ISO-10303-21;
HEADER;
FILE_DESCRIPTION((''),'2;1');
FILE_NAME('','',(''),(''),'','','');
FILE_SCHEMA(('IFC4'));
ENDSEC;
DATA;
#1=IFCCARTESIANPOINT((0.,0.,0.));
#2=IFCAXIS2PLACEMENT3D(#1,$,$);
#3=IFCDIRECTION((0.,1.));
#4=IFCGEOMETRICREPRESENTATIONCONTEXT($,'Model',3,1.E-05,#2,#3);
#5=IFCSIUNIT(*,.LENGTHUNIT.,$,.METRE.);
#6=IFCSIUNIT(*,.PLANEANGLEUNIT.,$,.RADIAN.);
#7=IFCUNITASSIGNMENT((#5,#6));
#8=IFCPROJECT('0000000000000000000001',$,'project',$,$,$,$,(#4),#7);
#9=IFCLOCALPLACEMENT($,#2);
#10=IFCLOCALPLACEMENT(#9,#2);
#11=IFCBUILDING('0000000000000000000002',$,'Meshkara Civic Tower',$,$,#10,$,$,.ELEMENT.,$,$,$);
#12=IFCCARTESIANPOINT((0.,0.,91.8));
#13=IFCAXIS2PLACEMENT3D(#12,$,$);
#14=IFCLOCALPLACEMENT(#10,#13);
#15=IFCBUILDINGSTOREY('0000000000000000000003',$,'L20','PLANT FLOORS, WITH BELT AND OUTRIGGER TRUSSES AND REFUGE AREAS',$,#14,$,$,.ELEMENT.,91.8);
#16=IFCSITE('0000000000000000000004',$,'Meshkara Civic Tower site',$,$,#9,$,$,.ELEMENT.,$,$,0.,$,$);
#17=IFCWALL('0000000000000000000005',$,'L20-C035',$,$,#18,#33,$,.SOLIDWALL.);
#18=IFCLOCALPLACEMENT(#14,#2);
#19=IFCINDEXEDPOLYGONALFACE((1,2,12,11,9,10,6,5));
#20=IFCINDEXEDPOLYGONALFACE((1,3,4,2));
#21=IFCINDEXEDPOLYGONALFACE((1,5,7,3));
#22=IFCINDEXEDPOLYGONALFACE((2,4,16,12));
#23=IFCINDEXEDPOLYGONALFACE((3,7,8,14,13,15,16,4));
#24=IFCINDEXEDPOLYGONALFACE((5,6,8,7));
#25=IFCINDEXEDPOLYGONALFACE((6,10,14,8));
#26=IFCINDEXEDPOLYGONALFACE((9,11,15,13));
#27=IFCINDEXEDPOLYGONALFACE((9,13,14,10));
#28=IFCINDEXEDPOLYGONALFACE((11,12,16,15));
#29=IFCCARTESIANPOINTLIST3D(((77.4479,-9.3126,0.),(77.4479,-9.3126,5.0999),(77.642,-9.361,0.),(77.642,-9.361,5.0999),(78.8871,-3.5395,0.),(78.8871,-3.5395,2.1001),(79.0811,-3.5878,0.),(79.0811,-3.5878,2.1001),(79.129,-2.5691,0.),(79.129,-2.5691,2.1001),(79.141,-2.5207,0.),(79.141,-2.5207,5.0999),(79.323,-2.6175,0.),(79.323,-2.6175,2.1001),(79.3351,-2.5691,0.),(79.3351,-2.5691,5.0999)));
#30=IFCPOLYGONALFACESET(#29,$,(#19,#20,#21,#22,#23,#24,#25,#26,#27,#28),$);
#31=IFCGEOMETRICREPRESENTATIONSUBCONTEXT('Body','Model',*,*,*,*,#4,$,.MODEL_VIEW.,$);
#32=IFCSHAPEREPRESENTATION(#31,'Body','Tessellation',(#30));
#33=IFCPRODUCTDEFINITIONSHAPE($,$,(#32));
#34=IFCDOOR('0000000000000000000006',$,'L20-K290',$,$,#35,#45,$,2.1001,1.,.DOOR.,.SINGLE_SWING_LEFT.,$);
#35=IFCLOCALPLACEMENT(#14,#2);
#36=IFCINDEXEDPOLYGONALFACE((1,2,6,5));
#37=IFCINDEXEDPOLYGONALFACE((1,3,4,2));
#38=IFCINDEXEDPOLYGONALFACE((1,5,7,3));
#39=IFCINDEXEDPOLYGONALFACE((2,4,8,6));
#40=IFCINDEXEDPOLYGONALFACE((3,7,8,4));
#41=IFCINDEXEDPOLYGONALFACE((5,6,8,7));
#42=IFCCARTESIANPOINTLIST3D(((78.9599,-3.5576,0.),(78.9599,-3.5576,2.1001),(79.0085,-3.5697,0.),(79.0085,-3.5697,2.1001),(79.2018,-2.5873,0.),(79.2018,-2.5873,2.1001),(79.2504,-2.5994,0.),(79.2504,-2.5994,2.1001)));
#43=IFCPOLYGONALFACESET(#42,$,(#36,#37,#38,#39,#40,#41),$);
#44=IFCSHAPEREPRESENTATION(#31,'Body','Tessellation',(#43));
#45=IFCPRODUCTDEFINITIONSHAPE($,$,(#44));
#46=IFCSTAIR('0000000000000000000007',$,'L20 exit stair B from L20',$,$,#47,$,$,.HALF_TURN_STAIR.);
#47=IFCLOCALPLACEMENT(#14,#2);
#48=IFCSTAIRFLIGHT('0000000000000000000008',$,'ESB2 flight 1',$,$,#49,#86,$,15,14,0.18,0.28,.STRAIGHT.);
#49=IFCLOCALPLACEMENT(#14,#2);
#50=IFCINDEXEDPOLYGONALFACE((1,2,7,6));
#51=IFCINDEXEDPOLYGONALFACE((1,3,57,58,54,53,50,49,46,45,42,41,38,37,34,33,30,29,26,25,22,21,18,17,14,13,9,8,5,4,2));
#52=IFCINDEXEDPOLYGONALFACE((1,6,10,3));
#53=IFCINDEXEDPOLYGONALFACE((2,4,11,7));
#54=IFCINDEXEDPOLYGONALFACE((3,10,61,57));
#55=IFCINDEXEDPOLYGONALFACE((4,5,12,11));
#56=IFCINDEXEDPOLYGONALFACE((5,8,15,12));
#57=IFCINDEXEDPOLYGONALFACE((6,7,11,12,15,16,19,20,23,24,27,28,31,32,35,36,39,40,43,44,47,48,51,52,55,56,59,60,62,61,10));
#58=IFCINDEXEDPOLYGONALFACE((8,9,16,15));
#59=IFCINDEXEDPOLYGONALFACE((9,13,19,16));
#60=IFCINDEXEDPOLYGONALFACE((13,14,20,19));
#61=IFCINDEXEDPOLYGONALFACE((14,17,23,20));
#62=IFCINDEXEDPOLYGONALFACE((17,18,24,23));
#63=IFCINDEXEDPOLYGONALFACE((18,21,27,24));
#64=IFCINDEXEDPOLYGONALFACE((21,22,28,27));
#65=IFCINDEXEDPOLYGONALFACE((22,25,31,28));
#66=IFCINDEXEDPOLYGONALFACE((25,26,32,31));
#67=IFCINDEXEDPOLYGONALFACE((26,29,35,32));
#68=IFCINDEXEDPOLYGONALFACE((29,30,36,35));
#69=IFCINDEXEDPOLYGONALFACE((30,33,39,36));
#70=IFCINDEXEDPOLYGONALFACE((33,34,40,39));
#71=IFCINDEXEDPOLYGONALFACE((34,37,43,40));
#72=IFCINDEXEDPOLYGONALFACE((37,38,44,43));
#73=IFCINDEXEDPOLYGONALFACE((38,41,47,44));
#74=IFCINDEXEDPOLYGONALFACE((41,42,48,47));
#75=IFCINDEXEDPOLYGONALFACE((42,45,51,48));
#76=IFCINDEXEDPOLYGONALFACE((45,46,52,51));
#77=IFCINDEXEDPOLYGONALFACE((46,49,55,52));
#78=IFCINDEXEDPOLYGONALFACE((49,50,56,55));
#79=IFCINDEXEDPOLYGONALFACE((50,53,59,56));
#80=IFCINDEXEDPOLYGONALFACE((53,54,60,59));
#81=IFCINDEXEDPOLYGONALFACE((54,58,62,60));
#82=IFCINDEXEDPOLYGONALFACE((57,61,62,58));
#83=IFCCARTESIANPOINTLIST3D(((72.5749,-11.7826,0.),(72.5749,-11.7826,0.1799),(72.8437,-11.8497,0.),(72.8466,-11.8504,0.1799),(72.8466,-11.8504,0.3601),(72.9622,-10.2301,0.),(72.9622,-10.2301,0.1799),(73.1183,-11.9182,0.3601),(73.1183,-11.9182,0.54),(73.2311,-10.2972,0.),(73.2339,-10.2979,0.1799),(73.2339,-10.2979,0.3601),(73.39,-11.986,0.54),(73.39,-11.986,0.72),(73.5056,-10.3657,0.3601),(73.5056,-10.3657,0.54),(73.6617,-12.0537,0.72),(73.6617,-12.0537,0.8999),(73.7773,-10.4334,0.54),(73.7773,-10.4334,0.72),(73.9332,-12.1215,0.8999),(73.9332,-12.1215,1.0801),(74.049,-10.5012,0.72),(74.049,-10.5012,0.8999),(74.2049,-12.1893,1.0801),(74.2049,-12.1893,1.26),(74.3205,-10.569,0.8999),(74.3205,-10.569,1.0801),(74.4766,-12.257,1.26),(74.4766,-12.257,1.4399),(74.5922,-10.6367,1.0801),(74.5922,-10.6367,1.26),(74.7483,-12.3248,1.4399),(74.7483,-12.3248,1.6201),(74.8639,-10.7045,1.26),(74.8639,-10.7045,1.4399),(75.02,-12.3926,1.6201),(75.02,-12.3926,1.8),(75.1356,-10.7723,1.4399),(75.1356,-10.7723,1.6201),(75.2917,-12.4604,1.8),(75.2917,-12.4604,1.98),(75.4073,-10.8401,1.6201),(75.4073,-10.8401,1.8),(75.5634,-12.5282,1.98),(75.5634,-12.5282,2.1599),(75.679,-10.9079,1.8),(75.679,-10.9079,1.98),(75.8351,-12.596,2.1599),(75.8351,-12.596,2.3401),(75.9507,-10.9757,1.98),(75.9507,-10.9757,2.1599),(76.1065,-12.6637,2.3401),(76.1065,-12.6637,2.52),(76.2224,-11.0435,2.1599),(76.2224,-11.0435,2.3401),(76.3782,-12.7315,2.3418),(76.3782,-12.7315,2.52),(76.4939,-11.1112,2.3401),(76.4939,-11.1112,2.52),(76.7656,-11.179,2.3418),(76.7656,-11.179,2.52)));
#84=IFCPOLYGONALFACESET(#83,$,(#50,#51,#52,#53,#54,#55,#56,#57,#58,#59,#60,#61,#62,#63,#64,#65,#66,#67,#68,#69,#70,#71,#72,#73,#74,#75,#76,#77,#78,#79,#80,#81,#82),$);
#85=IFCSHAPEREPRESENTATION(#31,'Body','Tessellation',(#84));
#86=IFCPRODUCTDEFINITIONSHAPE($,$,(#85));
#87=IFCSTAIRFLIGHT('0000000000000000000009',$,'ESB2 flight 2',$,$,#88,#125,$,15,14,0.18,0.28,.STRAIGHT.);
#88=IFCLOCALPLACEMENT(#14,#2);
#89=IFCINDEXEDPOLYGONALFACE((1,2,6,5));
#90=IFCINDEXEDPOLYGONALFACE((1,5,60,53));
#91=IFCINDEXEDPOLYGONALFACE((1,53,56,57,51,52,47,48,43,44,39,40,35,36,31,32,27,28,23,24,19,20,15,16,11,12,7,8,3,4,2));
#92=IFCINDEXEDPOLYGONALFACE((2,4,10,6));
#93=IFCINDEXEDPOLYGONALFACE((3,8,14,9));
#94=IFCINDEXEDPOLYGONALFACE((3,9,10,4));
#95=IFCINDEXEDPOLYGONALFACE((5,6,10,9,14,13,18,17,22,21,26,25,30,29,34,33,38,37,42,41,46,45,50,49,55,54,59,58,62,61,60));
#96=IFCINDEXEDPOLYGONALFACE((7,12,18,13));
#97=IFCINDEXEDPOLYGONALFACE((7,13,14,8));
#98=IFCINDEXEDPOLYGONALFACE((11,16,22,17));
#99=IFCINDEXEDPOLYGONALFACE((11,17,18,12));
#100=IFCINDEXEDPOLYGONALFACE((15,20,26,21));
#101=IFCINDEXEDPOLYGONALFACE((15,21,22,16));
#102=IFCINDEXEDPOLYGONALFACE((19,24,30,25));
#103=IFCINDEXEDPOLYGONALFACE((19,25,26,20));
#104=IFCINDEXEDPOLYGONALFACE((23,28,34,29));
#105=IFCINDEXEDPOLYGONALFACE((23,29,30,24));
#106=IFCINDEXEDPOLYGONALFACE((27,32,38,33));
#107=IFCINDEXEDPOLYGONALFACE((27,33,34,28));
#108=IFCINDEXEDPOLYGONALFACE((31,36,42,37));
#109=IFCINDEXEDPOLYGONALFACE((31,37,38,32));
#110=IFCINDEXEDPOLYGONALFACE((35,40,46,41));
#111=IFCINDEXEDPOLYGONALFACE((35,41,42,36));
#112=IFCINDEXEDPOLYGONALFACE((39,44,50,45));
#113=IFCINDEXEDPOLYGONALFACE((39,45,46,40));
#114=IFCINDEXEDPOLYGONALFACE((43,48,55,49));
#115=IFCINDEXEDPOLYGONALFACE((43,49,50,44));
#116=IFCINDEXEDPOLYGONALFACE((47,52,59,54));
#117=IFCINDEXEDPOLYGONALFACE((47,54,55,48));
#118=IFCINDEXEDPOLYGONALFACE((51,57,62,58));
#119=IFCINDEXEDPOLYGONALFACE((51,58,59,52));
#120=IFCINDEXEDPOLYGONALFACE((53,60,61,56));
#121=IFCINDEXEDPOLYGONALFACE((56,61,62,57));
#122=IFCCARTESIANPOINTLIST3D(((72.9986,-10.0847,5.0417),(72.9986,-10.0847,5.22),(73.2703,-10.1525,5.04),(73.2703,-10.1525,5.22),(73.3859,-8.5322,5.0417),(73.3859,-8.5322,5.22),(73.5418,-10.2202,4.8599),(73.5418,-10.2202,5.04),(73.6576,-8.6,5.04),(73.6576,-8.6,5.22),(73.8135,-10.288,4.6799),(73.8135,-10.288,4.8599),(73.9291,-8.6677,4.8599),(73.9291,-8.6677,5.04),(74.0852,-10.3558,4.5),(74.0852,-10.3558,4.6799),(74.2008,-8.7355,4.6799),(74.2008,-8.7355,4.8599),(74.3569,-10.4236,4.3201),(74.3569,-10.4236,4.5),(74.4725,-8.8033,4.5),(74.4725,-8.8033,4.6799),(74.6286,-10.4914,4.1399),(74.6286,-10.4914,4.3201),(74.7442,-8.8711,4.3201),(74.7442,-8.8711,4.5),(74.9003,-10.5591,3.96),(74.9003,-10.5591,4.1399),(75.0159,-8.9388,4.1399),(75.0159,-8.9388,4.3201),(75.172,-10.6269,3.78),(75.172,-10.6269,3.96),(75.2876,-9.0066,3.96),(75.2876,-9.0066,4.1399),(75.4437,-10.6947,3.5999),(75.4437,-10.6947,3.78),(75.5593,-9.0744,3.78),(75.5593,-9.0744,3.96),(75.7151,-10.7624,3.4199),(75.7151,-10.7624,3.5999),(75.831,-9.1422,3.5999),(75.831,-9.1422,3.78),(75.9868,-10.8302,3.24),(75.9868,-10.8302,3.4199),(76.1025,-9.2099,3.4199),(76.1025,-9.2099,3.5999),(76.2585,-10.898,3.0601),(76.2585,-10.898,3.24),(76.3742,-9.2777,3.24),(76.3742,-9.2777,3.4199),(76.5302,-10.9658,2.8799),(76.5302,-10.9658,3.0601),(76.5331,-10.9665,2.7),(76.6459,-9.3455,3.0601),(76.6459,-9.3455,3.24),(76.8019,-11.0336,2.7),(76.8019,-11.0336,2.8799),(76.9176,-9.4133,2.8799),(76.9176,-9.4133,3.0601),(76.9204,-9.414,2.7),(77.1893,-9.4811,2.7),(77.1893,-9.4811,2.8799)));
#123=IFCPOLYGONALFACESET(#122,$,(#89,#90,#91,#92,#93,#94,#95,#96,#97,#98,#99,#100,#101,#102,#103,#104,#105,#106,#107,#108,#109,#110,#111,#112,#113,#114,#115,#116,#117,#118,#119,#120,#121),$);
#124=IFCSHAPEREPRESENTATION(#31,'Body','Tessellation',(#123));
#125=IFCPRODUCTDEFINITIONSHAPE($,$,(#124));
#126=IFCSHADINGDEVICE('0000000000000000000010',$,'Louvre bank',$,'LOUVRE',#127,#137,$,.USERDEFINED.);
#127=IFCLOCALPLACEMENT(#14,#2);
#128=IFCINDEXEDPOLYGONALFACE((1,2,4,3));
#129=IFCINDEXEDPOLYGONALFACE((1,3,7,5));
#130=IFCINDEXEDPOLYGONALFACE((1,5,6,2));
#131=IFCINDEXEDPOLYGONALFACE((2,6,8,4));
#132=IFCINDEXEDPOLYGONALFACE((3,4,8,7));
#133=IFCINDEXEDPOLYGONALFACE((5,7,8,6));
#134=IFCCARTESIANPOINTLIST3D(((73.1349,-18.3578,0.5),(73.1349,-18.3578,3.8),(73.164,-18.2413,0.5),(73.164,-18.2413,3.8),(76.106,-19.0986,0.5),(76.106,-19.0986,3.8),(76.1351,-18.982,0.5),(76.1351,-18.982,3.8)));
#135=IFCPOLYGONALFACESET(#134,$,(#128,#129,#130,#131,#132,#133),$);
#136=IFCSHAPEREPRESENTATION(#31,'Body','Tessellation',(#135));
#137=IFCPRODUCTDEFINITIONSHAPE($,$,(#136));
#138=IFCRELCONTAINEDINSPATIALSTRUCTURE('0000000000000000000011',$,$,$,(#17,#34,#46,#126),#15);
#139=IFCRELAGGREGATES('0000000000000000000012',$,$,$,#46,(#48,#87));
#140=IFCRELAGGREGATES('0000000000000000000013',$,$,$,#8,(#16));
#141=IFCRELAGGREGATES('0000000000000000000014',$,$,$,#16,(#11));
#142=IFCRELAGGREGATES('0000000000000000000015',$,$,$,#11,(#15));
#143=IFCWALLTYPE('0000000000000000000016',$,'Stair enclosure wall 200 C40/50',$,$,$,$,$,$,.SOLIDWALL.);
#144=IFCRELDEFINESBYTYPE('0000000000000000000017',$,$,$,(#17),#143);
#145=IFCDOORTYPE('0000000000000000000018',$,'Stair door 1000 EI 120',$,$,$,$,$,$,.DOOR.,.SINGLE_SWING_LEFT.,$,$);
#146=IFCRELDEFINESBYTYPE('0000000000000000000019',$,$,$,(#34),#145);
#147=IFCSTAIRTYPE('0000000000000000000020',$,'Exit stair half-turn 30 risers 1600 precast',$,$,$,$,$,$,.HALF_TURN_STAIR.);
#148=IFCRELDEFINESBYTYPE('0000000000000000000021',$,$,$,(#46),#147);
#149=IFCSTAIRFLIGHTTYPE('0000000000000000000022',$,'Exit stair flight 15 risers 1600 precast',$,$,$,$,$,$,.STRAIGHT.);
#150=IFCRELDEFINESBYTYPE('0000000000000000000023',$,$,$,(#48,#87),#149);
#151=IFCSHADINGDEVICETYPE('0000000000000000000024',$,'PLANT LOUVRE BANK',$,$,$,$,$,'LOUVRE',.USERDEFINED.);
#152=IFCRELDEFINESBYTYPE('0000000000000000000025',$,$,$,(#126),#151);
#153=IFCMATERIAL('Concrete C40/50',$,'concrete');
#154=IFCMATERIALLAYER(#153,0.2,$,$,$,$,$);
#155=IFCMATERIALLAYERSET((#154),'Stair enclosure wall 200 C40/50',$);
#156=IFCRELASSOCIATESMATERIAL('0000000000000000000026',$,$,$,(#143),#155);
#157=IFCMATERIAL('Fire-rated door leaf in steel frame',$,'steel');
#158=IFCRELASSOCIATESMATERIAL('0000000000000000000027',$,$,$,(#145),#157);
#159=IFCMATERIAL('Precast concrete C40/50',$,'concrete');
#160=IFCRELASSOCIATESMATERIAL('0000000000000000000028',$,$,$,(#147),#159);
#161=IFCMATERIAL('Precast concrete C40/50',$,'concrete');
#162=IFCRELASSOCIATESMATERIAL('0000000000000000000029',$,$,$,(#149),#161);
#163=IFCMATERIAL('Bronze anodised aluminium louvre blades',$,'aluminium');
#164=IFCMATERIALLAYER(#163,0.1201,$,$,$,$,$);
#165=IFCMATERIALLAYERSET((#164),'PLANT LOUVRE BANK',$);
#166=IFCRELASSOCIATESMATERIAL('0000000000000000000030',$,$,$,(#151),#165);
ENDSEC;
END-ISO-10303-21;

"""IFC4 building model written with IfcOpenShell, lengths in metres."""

from ifc_helpers import new_model, si_unit, direction, frame, frame_2d, origin, origin_2d, place, context, subcontext, project, spatial, polyline, rectangle, outline, extrude, material, layer, layer_set, type_object, element, fill, aggregate, save


model = new_model("IFC4")

# Units and contexts
model_context = context("Model", 3, precision=1e-05, world=origin(), true_north=direction((0.0, 1.0)))
body_context = subcontext(model_context, "Body", "Model", "MODEL_VIEW")
ifc_project = project(units=[si_unit("LENGTHUNIT", "METRE"), si_unit("PLANEANGLEUNIT", "RADIAN")], contexts=[model_context])

# Site, building, storey
site_placement = place(None, origin())
site = spatial("IfcSite", under=ifc_project, at=site_placement, Name="Meshkara Civic Tower site", CompositionType="ELEMENT", RefElevation=0.0)
building_placement = place(site_placement, origin())
building = spatial("IfcBuilding", under=site, at=building_placement, Name="Meshkara Civic Tower", CompositionType="ELEMENT")
storey_placement = place(building_placement, frame((0.0, 0.0, 91.8)))
storey = spatial("IfcBuildingStorey", under=building, at=storey_placement, Name="L20", Description="PLANT FLOORS, WITH BELT AND OUTRIGGER TRUSSES AND REFUGE AREAS", CompositionType="ELEMENT", Elevation=91.8)

# Wall, opening, door
ifc_material_1 = material(Name="Concrete C40/50", Category="concrete")
ifc_layer_1 = layer(ifc_material_1, 0.2)
ifc_layer_set_1 = layer_set([ifc_layer_1], Name="Stair enclosure wall 200 C40/50")
wall_type_1 = type_object("IfcWallType", Name="Stair enclosure wall 200 C40/50", PredefinedType="SOLIDWALL", material=ifc_layer_set_1)
ifc_material_2 = material(Name="Fire-rated door leaf in steel frame", Category="steel")
door_type_1 = type_object("IfcDoorType", Name="Stair door 1000 EI 120", OperationType="SINGLE_SWING_LEFT", PredefinedType="DOOR", material=ifc_material_2)
wall_1_placement = place(storey_placement, frame((77.5449, -9.3369, 0.0), z_axis=(0.0, 0.0, 1.0), x_axis=(0.241879, 0.970306, 0.0)))
wall_1 = element("IfcWall", 1, at=wall_1_placement, inside=storey, type_object=wall_type_1, Name="L20-C035", PredefinedType="SOLIDWALL", context=body_context, shape_type="SweptSolid", body=[
    extrude(rectangle(XDim=6.9998, YDim=0.2, at=frame_2d((3.5, 0.0))), origin(), (0.0, 0.0, 1.0), 5.0999),
])
opening_1_placement = place(wall_1_placement, frame((5.95, 0.0, 0.0)))
opening_1 = element("IfcOpeningElement", 2, at=opening_1_placement, cuts=wall_1, PredefinedType="OPENING", context=body_context, shape_type="SweptSolid", body=[
    extrude(rectangle(XDim=1.0, YDim=2.1001, at=frame_2d((0.5, 1.05))), frame((0.0, 0.1099, 0.0), z_axis=(0.0, -1.0, 0.0), x_axis=(1.0, 0.0, 0.0)), (0.0, 0.0, 1.0), 0.22),
])
door_1_placement = place(opening_1_placement, origin())
door_1 = element("IfcDoor", 3, at=door_1_placement, inside=storey, type_object=door_type_1, Name="L20-K290", OperationType="SINGLE_SWING_LEFT", OverallHeight=2.1001, OverallWidth=1.0, PredefinedType="DOOR", context=body_context, shape_type="SweptSolid", body=[
    extrude(rectangle(XDim=1.0, YDim=2.1001, at=frame_2d((0.5, 1.05))), frame((0.0, 0.0249, 0.0), z_axis=(0.0, -1.0, 0.0), x_axis=(1.0, 0.0, 0.0)), (0.0, 0.0, 1.0), 0.05),
])
fill(opening_1, door_1)

# Stair, stair flights
ifc_material_3 = material(Name="Precast concrete C40/50", Category="concrete")
stair_type = type_object("IfcStairType", Name="Exit stair half-turn 30 risers 1600 precast", PredefinedType="HALF_TURN_STAIR", material=ifc_material_3)
stair_placement = place(storey_placement, origin())
stair = element("IfcStair", 4, at=stair_placement, inside=storey, type_object=stair_type, Name="L20 exit stair B from L20", PredefinedType="HALF_TURN_STAIR")
ifc_material_4 = material(Name="Precast concrete C40/50", Category="concrete")
stair_flight_type = type_object("IfcStairFlightType", Name="Exit stair flight 15 risers 1600 precast", PredefinedType="STRAIGHT", material=ifc_material_4)
stair_flight_1_placement = place(storey_placement, frame((72.7686, -11.0063, 0.0), z_axis=(0.0, 0.0, 1.0), x_axis=(0.97026, -0.242065, 0.0)))
stair_flight_1 = element("IfcStairFlight", 5, at=stair_flight_1_placement, type_object=stair_flight_type, Name="ESB2 flight 1", NumberOfRisers=15, NumberOfTreads=14, PredefinedType="STRAIGHT", RiserHeight=0.18, TreadLength=0.28, context=body_context, shape_type="SweptSolid", body=[
    extrude(outline(polyline([(0.0, 0.0), (0.0, 0.1799), (0.28, 0.1799), (0.28, 0.3601), (0.5601, 0.3601), (0.5601, 0.54), (0.8401, 0.54), (0.8401, 0.72), (1.1201, 0.72), (1.1201, 0.8999), (1.3999, 0.8999), (1.3999, 1.0801), (1.6799, 1.0801), (1.6799, 1.26), (1.96, 1.26), (1.96, 1.4399), (2.24, 1.4399), (2.24, 1.6201), (2.52, 1.6201), (2.52, 1.8), (2.8, 1.8), (2.8, 1.98), (3.0801, 1.98), (3.0801, 2.1599), (3.3601, 2.1599), (3.3601, 2.3401), (3.6399, 2.3401), (3.6399, 2.52), (3.9199, 2.52), (3.9199, 2.7), (3.9199, 2.3418), (0.2771, 0.0), (0.0, 0.0)])), frame((0.0, 0.8, 0.0), z_axis=(0.0, -1.0, 0.0), x_axis=(1.0, 0.0, 0.0)), (0.0, 0.0, 1.0), 1.6001),
])
stair_flight_2_placement = place(storey_placement, frame((76.9956, -10.2573, 2.7), z_axis=(0.0, 0.0, 1.0), x_axis=(-0.97026, 0.242065, 0.0)))
stair_flight_2 = element("IfcStairFlight", 6, at=stair_flight_2_placement, type_object=stair_flight_type, Name="ESB2 flight 2", NumberOfRisers=15, NumberOfTreads=14, PredefinedType="STRAIGHT", RiserHeight=0.18, TreadLength=0.28, context=body_context, shape_type="SweptSolid", body=[
    extrude(outline(polyline([(0.0, 0.0), (0.0, 0.1799), (0.28, 0.1799), (0.28, 0.3601), (0.5601, 0.3601), (0.5601, 0.54), (0.8401, 0.54), (0.8401, 0.72), (1.1201, 0.72), (1.1201, 0.8999), (1.3999, 0.8999), (1.3999, 1.0801), (1.6799, 1.0801), (1.6799, 1.26), (1.96, 1.26), (1.96, 1.4399), (2.24, 1.4399), (2.24, 1.6201), (2.52, 1.6201), (2.52, 1.8), (2.8, 1.8), (2.8, 1.98), (3.0801, 1.98), (3.0801, 2.1599), (3.3601, 2.1599), (3.3601, 2.3401), (3.6399, 2.3401), (3.6399, 2.52), (3.9199, 2.52), (3.9199, 2.7), (3.9199, 2.3418), (0.2771, 0.0), (0.0, 0.0)])), frame((0.0, 0.8, 0.0), z_axis=(0.0, -1.0, 0.0), x_axis=(1.0, 0.0, 0.0)), (0.0, 0.0, 1.0), 1.6001),
])
aggregate(stair, [stair_flight_1, stair_flight_2])

# Shading device
ifc_material_5 = material(Name="Bronze anodised aluminium louvre blades", Category="aluminium")
ifc_layer_2 = layer(ifc_material_5, 0.1201)
ifc_layer_set_2 = layer_set([ifc_layer_2], Name="PLANT LOUVRE BANK")
shading_device_type = type_object("IfcShadingDeviceType", Name="PLANT LOUVRE BANK", ElementType="LOUVRE", PredefinedType="USERDEFINED", material=ifc_layer_set_2)
shading_device_placement = place(storey_placement, frame((74.635, -18.6699, 0.5), z_axis=(0.0, 0.0, 1.0), x_axis=(0.9703, -0.241905, 0.0)))
element("IfcShadingDevice", 7, at=shading_device_placement, inside=storey, type_object=shading_device_type, Name="Louvre bank", ObjectType="LOUVRE", PredefinedType="USERDEFINED", context=body_context, shape_type="SweptSolid", body=[
    extrude(rectangle(XDim=3.062, YDim=0.1201, at=origin_2d()), origin(), (0.0, 0.0, 1.0), 3.3),
])

save(model, "model.ifc")
